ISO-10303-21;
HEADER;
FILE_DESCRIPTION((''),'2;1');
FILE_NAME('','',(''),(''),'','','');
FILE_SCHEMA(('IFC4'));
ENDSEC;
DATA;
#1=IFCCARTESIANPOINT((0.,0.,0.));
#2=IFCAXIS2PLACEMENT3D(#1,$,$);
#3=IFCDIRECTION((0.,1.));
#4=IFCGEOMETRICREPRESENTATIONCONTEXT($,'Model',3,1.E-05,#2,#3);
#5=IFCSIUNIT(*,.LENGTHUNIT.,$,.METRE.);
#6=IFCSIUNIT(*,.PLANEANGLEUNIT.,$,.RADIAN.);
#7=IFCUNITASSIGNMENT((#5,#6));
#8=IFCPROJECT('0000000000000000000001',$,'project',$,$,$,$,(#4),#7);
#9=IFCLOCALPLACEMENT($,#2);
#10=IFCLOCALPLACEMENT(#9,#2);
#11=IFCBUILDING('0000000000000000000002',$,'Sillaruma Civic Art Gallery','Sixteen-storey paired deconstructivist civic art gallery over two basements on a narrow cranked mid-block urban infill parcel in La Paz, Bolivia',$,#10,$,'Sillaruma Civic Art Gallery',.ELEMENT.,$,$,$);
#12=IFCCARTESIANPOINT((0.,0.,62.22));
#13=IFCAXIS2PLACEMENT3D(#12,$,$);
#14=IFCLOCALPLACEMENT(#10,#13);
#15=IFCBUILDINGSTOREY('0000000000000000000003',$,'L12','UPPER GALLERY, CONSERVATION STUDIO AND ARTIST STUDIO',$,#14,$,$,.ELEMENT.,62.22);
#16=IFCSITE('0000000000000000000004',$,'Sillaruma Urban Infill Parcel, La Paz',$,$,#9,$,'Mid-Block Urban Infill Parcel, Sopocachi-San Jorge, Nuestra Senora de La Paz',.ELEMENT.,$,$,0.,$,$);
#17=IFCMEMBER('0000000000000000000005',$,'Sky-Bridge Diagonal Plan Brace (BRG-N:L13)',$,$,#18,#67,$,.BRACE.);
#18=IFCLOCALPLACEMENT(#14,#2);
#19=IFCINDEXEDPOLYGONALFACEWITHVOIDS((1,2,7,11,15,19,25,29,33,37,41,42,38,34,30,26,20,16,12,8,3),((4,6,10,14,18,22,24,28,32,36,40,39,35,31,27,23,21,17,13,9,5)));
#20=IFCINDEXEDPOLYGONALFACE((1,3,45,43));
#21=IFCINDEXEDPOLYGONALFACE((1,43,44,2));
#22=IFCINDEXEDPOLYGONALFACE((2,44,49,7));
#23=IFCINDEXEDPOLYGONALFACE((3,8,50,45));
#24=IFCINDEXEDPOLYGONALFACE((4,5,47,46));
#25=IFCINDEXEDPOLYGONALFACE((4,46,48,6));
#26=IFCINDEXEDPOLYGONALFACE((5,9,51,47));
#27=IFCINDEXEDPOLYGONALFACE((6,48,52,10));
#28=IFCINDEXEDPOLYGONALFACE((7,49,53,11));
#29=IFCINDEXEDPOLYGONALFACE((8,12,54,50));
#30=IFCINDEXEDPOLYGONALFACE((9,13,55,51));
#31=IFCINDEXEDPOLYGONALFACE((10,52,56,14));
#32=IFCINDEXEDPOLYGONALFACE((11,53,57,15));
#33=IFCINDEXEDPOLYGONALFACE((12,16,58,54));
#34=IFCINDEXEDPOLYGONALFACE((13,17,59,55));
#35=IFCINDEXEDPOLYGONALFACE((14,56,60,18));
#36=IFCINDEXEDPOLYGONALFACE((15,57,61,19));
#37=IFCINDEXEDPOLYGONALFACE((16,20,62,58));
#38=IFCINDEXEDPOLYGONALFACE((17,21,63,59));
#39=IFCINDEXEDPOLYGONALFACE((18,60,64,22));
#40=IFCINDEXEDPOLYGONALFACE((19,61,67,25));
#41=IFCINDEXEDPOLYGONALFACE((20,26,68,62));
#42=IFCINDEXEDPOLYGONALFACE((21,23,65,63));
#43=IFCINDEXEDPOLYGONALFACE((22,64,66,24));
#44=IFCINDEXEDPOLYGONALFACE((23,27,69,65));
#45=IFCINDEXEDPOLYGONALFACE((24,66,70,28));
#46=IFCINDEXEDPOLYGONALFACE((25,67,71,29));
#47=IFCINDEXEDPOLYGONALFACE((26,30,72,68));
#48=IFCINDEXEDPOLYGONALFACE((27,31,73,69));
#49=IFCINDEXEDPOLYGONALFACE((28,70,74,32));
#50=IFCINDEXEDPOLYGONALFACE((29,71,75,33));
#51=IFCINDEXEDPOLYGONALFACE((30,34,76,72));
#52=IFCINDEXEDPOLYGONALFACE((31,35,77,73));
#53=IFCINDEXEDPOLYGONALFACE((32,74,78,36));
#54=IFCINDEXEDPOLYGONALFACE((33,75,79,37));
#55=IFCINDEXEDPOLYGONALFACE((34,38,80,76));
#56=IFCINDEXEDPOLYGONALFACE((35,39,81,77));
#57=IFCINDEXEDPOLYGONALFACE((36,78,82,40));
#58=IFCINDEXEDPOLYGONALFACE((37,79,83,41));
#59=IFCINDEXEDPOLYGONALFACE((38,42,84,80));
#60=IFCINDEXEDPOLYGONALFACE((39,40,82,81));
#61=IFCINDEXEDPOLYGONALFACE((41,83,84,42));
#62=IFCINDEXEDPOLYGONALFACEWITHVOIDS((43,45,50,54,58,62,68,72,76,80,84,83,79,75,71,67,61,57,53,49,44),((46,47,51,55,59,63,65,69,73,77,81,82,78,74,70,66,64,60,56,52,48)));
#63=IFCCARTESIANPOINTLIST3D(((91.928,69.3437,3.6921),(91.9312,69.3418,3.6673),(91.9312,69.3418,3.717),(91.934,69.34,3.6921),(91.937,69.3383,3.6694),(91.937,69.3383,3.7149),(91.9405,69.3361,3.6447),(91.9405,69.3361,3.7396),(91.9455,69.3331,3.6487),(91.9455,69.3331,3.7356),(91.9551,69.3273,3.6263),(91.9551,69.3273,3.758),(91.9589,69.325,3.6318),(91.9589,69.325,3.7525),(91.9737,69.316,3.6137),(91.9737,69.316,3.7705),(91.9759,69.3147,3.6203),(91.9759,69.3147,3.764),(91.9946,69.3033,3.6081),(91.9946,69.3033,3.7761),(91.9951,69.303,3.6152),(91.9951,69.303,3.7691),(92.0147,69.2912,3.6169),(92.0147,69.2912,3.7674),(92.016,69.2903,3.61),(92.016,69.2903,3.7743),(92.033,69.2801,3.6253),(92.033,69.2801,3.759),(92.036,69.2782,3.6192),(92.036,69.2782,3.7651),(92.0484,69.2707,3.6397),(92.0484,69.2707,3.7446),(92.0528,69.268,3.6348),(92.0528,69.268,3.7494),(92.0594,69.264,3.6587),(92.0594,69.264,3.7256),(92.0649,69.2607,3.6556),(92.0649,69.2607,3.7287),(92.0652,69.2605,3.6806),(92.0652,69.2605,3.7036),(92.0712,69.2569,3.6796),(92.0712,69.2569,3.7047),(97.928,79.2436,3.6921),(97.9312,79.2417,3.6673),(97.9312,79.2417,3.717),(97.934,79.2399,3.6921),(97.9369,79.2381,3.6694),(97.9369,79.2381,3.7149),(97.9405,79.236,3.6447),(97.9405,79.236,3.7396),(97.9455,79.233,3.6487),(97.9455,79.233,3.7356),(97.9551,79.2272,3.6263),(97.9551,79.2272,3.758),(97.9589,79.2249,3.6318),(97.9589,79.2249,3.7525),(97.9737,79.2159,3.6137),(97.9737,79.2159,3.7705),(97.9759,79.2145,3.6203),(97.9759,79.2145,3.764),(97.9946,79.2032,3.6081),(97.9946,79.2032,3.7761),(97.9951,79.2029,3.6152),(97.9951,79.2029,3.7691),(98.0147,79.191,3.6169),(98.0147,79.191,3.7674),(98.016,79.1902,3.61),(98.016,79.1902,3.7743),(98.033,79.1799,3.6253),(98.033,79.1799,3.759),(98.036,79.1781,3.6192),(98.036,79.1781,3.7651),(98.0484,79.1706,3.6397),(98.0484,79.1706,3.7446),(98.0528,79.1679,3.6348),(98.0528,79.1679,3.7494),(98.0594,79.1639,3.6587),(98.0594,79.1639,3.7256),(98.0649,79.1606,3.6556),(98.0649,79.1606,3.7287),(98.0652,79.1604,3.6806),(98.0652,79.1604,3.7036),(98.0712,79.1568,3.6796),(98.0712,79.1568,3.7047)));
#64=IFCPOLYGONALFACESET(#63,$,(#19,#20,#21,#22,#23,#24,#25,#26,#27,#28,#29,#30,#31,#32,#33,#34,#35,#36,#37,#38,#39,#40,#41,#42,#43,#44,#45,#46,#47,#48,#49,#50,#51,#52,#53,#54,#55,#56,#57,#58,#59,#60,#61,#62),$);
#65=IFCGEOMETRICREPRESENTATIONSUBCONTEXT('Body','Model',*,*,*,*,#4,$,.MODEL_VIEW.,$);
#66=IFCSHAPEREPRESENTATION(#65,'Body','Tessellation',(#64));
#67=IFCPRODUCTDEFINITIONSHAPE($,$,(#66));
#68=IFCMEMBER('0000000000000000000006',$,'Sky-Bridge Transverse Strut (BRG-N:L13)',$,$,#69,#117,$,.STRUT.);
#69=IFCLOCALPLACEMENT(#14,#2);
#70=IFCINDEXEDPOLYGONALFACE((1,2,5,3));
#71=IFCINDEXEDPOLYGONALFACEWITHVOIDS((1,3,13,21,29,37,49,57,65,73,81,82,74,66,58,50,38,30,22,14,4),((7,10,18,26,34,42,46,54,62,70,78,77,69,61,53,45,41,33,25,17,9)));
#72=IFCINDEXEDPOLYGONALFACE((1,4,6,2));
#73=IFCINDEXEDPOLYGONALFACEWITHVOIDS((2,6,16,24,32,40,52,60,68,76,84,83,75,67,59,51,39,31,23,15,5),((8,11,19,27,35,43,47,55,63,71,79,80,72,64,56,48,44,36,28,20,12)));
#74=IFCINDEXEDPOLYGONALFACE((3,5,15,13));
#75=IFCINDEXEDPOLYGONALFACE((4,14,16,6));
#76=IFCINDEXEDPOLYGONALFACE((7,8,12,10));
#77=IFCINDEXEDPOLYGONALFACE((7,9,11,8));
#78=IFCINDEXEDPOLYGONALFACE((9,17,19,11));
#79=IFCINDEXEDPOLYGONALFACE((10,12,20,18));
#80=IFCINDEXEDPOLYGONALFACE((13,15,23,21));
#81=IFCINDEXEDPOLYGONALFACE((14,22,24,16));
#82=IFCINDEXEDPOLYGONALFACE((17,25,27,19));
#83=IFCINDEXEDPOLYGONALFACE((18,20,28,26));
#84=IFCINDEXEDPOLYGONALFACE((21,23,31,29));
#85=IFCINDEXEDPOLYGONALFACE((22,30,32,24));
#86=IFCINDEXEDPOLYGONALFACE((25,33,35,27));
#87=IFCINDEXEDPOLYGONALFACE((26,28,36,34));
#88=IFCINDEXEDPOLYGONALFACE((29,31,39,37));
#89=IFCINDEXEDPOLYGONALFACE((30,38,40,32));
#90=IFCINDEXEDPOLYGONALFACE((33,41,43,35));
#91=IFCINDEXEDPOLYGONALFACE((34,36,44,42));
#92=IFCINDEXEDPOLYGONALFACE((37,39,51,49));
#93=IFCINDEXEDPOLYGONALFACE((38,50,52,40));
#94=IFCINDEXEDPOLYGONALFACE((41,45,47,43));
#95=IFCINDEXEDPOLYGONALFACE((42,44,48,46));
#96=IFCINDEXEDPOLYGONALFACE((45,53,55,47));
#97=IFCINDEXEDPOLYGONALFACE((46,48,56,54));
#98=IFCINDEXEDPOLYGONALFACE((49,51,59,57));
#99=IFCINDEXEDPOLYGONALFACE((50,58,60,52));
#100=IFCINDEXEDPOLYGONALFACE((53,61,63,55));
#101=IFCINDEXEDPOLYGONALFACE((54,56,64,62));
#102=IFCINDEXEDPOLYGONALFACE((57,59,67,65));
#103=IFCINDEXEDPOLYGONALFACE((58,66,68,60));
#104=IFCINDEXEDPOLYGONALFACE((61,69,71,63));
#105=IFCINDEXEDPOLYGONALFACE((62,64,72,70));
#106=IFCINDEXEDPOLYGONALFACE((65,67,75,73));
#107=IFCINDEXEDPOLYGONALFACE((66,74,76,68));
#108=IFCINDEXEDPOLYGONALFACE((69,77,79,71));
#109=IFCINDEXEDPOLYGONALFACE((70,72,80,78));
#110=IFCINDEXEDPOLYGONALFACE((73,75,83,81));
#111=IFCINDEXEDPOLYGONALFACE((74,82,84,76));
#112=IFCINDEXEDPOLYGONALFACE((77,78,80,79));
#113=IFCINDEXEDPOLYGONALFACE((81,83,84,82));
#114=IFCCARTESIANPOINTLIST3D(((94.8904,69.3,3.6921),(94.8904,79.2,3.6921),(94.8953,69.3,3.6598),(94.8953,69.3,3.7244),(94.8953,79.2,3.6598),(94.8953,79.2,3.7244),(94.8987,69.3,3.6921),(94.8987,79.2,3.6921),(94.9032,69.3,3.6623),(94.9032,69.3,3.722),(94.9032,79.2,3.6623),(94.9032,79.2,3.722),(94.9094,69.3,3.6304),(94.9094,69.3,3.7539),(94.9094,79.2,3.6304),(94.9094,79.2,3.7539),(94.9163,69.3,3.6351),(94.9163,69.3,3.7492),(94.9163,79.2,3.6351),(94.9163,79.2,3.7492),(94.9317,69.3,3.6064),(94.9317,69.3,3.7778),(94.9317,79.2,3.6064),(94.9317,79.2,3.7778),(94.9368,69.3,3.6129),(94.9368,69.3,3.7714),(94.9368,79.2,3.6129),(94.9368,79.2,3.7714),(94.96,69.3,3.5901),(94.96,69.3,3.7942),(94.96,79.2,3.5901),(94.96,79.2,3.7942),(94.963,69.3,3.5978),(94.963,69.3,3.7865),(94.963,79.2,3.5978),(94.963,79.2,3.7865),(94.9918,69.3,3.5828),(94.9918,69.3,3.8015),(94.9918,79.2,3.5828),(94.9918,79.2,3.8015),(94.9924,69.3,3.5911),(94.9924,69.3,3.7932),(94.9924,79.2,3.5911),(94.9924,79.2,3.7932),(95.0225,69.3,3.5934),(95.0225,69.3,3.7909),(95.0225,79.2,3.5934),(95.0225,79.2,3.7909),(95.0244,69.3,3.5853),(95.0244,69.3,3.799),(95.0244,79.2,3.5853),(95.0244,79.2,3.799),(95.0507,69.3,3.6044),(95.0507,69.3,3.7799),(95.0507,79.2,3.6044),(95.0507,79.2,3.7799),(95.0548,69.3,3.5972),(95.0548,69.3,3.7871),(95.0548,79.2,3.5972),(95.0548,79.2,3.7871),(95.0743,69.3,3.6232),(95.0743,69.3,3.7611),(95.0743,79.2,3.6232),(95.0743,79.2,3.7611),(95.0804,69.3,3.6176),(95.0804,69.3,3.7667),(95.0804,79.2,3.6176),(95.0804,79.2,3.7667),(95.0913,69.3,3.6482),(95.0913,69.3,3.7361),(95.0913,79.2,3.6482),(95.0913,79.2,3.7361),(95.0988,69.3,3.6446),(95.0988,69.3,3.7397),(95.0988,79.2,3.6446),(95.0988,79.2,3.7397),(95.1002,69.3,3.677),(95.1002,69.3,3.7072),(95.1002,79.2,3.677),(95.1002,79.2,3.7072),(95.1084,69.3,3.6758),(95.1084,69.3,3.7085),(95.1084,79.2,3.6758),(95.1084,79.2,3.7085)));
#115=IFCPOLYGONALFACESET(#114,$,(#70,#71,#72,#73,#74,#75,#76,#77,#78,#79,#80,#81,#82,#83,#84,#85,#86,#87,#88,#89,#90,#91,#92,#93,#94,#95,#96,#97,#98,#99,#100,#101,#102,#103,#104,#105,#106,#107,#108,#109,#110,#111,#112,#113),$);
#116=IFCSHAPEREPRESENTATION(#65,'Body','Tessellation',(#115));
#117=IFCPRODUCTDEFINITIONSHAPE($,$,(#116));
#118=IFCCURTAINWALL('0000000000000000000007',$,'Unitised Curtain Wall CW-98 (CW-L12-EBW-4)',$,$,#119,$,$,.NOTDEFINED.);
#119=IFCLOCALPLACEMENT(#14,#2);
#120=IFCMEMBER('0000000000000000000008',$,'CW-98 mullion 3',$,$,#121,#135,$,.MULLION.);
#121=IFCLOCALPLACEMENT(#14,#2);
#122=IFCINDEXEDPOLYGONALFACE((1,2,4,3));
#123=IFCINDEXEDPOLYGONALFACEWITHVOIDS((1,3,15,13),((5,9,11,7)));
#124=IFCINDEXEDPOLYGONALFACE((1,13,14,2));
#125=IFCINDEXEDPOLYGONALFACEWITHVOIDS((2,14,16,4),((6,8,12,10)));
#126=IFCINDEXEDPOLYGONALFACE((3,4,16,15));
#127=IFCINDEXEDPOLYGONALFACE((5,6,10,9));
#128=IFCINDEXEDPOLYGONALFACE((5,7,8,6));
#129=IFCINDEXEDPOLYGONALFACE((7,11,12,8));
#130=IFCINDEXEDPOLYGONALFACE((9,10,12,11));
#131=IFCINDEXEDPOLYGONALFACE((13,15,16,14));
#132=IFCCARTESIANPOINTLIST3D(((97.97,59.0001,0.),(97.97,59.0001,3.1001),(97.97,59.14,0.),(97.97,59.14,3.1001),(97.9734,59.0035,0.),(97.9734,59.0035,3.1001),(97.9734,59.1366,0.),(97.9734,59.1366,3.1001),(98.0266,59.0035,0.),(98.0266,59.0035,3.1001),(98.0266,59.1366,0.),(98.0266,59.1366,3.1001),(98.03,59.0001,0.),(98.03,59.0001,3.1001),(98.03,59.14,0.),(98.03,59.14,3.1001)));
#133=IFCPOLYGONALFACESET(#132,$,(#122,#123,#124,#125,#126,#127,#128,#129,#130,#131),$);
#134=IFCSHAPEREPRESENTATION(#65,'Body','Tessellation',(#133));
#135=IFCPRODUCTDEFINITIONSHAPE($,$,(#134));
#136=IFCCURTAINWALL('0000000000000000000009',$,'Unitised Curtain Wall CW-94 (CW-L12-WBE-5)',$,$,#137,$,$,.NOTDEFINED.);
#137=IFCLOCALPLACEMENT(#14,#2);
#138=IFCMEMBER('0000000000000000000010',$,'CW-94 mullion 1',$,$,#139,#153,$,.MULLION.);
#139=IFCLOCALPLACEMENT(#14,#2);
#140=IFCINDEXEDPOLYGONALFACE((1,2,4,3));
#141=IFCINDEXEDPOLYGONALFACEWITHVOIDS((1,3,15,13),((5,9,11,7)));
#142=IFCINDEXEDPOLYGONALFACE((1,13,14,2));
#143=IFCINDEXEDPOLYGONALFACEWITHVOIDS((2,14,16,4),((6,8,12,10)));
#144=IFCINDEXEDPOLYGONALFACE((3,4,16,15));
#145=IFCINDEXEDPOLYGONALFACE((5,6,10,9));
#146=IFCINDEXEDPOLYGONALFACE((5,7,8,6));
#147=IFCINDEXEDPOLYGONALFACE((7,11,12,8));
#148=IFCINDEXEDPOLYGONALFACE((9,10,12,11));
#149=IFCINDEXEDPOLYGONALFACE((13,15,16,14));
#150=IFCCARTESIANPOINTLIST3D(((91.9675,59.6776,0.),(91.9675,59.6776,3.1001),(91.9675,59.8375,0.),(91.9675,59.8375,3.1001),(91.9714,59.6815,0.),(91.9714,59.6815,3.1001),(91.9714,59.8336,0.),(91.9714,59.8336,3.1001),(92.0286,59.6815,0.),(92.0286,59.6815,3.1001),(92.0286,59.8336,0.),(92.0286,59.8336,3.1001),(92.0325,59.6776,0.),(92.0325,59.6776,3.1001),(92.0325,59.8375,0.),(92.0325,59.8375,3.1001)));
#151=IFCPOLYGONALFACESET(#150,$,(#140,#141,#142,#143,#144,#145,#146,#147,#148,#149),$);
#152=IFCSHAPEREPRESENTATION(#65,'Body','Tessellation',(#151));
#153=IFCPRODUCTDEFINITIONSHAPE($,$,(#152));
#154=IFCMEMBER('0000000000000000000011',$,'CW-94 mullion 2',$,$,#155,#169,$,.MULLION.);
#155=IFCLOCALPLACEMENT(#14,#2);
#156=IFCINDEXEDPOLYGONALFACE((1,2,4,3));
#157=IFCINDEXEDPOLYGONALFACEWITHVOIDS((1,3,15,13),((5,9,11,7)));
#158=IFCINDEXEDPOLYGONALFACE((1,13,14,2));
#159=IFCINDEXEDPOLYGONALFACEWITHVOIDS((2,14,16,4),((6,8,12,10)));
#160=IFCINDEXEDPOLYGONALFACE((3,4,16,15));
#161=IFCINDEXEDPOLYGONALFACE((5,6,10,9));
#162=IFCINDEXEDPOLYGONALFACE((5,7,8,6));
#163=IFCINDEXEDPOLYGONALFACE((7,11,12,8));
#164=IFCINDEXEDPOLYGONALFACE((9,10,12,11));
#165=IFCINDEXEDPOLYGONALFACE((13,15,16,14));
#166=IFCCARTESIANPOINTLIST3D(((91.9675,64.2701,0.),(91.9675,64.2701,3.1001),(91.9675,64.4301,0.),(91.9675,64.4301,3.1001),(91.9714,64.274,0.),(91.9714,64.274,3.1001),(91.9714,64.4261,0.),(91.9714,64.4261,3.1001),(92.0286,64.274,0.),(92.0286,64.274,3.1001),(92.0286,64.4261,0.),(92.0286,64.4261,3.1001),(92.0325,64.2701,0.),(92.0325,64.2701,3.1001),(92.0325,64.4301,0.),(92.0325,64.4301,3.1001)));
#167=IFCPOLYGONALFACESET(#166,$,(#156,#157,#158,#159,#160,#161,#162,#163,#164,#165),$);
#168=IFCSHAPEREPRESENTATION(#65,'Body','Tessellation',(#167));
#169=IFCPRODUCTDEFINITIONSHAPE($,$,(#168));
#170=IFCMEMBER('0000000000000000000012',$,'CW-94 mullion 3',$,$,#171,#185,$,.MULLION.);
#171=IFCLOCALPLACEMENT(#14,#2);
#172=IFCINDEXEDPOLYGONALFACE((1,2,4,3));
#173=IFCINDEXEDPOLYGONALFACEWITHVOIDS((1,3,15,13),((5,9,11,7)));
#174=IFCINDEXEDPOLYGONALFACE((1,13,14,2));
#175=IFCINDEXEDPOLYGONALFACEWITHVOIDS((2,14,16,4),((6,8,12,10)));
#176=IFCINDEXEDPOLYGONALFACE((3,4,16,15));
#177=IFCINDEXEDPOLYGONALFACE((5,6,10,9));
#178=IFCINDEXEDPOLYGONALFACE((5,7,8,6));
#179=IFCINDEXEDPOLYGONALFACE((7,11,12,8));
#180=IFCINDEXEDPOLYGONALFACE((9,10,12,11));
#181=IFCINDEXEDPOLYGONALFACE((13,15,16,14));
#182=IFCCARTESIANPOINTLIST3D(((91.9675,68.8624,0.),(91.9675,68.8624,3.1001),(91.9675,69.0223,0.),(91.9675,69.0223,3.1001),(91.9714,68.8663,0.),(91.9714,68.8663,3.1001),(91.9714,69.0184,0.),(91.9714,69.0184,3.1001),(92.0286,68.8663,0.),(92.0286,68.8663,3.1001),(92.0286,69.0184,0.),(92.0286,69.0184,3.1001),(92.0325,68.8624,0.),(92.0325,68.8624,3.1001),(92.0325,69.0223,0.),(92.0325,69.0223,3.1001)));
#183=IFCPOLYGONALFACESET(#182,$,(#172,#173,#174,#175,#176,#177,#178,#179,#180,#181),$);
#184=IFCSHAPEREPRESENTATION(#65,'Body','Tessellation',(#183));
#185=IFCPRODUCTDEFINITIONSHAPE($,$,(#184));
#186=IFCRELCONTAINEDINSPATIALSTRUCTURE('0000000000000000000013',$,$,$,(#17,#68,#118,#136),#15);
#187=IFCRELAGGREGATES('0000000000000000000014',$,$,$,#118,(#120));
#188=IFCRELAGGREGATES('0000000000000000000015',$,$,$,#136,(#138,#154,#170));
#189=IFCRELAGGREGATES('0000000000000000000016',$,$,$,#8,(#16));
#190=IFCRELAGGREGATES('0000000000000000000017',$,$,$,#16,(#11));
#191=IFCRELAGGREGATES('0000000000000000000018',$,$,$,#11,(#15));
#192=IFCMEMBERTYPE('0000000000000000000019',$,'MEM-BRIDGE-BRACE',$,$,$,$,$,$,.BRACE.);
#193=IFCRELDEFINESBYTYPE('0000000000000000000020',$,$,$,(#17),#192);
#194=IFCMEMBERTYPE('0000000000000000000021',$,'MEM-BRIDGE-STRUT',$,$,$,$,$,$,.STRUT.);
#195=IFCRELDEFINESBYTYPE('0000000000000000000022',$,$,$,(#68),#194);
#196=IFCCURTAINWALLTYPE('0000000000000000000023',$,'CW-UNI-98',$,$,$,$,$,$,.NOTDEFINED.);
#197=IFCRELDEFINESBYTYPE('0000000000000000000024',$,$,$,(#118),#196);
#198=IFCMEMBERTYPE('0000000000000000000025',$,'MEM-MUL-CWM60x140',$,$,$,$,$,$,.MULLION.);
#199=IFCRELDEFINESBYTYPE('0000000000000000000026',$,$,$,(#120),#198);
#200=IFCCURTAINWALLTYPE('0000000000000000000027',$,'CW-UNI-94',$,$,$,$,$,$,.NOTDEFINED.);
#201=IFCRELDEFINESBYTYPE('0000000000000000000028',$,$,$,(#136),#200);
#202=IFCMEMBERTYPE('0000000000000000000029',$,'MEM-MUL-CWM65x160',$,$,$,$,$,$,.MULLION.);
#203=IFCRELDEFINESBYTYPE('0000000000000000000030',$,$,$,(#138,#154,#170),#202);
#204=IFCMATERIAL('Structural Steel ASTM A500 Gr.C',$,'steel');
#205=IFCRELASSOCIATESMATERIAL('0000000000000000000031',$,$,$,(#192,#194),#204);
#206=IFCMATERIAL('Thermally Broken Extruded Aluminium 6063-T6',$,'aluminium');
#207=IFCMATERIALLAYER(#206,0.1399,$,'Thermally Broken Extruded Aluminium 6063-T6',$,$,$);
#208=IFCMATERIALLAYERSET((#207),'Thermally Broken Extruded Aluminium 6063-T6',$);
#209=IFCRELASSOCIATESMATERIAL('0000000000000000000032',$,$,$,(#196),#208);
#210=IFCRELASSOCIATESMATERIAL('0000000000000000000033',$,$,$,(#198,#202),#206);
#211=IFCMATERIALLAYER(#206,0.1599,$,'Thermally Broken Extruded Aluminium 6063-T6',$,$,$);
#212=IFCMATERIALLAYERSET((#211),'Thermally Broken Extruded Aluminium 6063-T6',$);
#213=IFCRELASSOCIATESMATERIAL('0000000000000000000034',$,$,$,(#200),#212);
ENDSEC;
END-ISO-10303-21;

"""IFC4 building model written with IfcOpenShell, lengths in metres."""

from ifc_helpers import new_model, si_unit, direction, frame, origin, origin_2d, place, context, subcontext, project, spatial, hollow_rectangle, hollow_circle, extrude, material, layer, layer_set, material_profile, profile_set, type_object, element, aggregate, save


model = new_model("IFC4")

# Units and contexts
model_context = context("Model", 3, precision=1e-05, world=origin(), true_north=direction((0.0, 1.0)))
body_context = subcontext(model_context, "Body", "Model", "MODEL_VIEW")
ifc_project = project(units=[si_unit("LENGTHUNIT", "METRE"), si_unit("PLANEANGLEUNIT", "RADIAN")], contexts=[model_context])

# Site, building, storey
site_placement = place(None, origin())
site = spatial("IfcSite", under=ifc_project, at=site_placement, Name="Sillaruma Urban Infill Parcel, La Paz", LongName="Mid-Block Urban Infill Parcel, Sopocachi-San Jorge, Nuestra Senora de La Paz", CompositionType="ELEMENT", RefElevation=0.0)
building_placement = place(site_placement, origin())
building = spatial("IfcBuilding", under=site, at=building_placement, Name="Sillaruma Civic Art Gallery", Description="Sixteen-storey paired deconstructivist civic art gallery over two basements on a narrow cranked mid-block urban infill parcel in La Paz, Bolivia", LongName="Sillaruma Civic Art Gallery", CompositionType="ELEMENT")
storey_placement = place(building_placement, frame((0.0, 0.0, 62.22)))
storey = spatial("IfcBuildingStorey", under=building, at=storey_placement, Name="L12", Description="UPPER GALLERY, CONSERVATION STUDIO AND ARTIST STUDIO", CompositionType="ELEMENT", Elevation=62.22)

# Members
ifc_material_1 = material(Name="Structural Steel ASTM A500 Gr.C", Category="steel")
ifc_material_profile_1 = material_profile(ifc_material_1, hollow_circle(Radius=0.0842, WallThickness=0.0071, at=origin_2d()), Name="CHS168.3x7.1")
ifc_profile_set_1 = profile_set([ifc_material_profile_1], Name="Structural Steel ASTM A500 Gr.C")
member_type_1 = type_object("IfcMemberType", Name="MEM-BRIDGE-BRACE", PredefinedType="BRACE", material=ifc_profile_set_1)
member_1_placement = place(storey_placement, frame((92.0, 69.3, 3.6921), z_axis=(0.518305, 0.855196, 0.0), x_axis=(-0.855196, 0.518305, 0.0)))
element("IfcMember", 1, at=member_1_placement, inside=storey, type_object=member_type_1, Name="Sky-Bridge Diagonal Plan Brace (BRG-N:L13)", PredefinedType="BRACE", context=body_context, shape_type="SweptSolid", body=[
    extrude(hollow_circle(Radius=0.0842, WallThickness=0.0071, at=origin_2d()), origin(), (0.0, 0.0, 1.0), 11.5762),
])
ifc_material_profile_2 = material_profile(ifc_material_1, hollow_circle(Radius=0.1096, WallThickness=0.0083, at=origin_2d()), Name="CHS219.1x8.2")
ifc_profile_set_2 = profile_set([ifc_material_profile_2], Name="Structural Steel ASTM A500 Gr.C")
member_type_2 = type_object("IfcMemberType", Name="MEM-BRIDGE-STRUT", PredefinedType="STRUT", material=ifc_profile_set_2)
member_2_placement = place(storey_placement, frame((95.0, 69.3, 3.6921), z_axis=(0.0, 1.0, 0.0), x_axis=(-1.0, 0.0, 0.0)))
element("IfcMember", 2, at=member_2_placement, inside=storey, type_object=member_type_2, Name="Sky-Bridge Transverse Strut (BRG-N:L13)", PredefinedType="STRUT", context=body_context, shape_type="SweptSolid", body=[
    extrude(hollow_circle(Radius=0.1096, WallThickness=0.0083, at=origin_2d()), origin(), (0.0, 0.0, 1.0), 9.8999),
])

# Curtain wall, member
ifc_material_2 = material(Name="Thermally Broken Extruded Aluminium 6063-T6", Category="aluminium")
ifc_layer_1 = layer(ifc_material_2, 0.1399, Name="Thermally Broken Extruded Aluminium 6063-T6")
ifc_layer_set_1 = layer_set([ifc_layer_1], Name="Thermally Broken Extruded Aluminium 6063-T6")
curtain_wall_type_1 = type_object("IfcCurtainWallType", Name="CW-UNI-98", PredefinedType="NOTDEFINED", material=ifc_layer_set_1)
curtain_wall_1_placement = place(storey_placement, origin())
curtain_wall_1 = element("IfcCurtainWall", 3, at=curtain_wall_1_placement, inside=storey, type_object=curtain_wall_type_1, Name="Unitised Curtain Wall CW-98 (CW-L12-EBW-4)", PredefinedType="NOTDEFINED")
ifc_material_profile_3 = material_profile(ifc_material_2, hollow_rectangle(XDim=0.0601, YDim=0.1399, WallThickness=0.0034, at=origin_2d()), Name="CWM60x140")
ifc_profile_set_3 = profile_set([ifc_material_profile_3], Name="Thermally Broken Extruded Aluminium 6063-T6")
member_type_3 = type_object("IfcMemberType", Name="MEM-MUL-CWM60x140", PredefinedType="MULLION", material=ifc_profile_set_3)
member_3_placement = place(storey_placement, frame((98.0, 59.0701, 0.0), z_axis=(0.0, 0.0, 1.0), x_axis=(-1.0, 0.0, 0.0)))
member_3 = element("IfcMember", 4, at=member_3_placement, type_object=member_type_3, Name="CW-98 mullion 3", PredefinedType="MULLION", context=body_context, shape_type="SweptSolid", body=[
    extrude(hollow_rectangle(XDim=0.0601, YDim=0.1399, WallThickness=0.0034, at=origin_2d()), origin(), (0.0, 0.0, 1.0), 3.1001),
])
aggregate(curtain_wall_1, [member_3])

# Curtain wall, members
ifc_layer_2 = layer(ifc_material_2, 0.1599, Name="Thermally Broken Extruded Aluminium 6063-T6")
ifc_layer_set_2 = layer_set([ifc_layer_2], Name="Thermally Broken Extruded Aluminium 6063-T6")
curtain_wall_type_2 = type_object("IfcCurtainWallType", Name="CW-UNI-94", PredefinedType="NOTDEFINED", material=ifc_layer_set_2)
curtain_wall_2_placement = place(storey_placement, origin())
curtain_wall_2 = element("IfcCurtainWall", 5, at=curtain_wall_2_placement, inside=storey, type_object=curtain_wall_type_2, Name="Unitised Curtain Wall CW-94 (CW-L12-WBE-5)", PredefinedType="NOTDEFINED")
ifc_material_profile_4 = material_profile(ifc_material_2, hollow_rectangle(XDim=0.0649, YDim=0.1599, WallThickness=0.0039, at=origin_2d()), Name="CWM65x160")
ifc_profile_set_4 = profile_set([ifc_material_profile_4], Name="Thermally Broken Extruded Aluminium 6063-T6")
member_type_4 = type_object("IfcMemberType", Name="MEM-MUL-CWM65x160", PredefinedType="MULLION", material=ifc_profile_set_4)
member_4_placement = place(storey_placement, frame((92.0, 59.7576, 0.0), z_axis=(0.0, 0.0, 1.0), x_axis=(-1.0, 0.0, 0.0)))
member_4 = element("IfcMember", 6, at=member_4_placement, type_object=member_type_4, Name="CW-94 mullion 1", PredefinedType="MULLION", context=body_context, shape_type="SweptSolid", body=[
    extrude(hollow_rectangle(XDim=0.0649, YDim=0.1599, WallThickness=0.0039, at=origin_2d()), origin(), (0.0, 0.0, 1.0), 3.1001),
])
member_5_placement = place(storey_placement, frame((92.0, 64.3501, 0.0), z_axis=(0.0, 0.0, 1.0), x_axis=(-1.0, 0.0, 0.0)))
member_5 = element("IfcMember", 7, at=member_5_placement, type_object=member_type_4, Name="CW-94 mullion 2", PredefinedType="MULLION", context=body_context, shape_type="SweptSolid", body=[
    extrude(hollow_rectangle(XDim=0.0649, YDim=0.1599, WallThickness=0.0039, at=origin_2d()), origin(), (0.0, 0.0, 1.0), 3.1001),
])
member_6_placement = place(storey_placement, frame((92.0, 68.9424, 0.0), z_axis=(0.0, 0.0, 1.0), x_axis=(-1.0, 0.0, 0.0)))
member_6 = element("IfcMember", 8, at=member_6_placement, type_object=member_type_4, Name="CW-94 mullion 3", PredefinedType="MULLION", context=body_context, shape_type="SweptSolid", body=[
    extrude(hollow_rectangle(XDim=0.0649, YDim=0.1599, WallThickness=0.0039, at=origin_2d()), origin(), (0.0, 0.0, 1.0), 3.1001),
])

aggregate(curtain_wall_2, [member_4, member_5, member_6])

save(model, "model.ifc")
